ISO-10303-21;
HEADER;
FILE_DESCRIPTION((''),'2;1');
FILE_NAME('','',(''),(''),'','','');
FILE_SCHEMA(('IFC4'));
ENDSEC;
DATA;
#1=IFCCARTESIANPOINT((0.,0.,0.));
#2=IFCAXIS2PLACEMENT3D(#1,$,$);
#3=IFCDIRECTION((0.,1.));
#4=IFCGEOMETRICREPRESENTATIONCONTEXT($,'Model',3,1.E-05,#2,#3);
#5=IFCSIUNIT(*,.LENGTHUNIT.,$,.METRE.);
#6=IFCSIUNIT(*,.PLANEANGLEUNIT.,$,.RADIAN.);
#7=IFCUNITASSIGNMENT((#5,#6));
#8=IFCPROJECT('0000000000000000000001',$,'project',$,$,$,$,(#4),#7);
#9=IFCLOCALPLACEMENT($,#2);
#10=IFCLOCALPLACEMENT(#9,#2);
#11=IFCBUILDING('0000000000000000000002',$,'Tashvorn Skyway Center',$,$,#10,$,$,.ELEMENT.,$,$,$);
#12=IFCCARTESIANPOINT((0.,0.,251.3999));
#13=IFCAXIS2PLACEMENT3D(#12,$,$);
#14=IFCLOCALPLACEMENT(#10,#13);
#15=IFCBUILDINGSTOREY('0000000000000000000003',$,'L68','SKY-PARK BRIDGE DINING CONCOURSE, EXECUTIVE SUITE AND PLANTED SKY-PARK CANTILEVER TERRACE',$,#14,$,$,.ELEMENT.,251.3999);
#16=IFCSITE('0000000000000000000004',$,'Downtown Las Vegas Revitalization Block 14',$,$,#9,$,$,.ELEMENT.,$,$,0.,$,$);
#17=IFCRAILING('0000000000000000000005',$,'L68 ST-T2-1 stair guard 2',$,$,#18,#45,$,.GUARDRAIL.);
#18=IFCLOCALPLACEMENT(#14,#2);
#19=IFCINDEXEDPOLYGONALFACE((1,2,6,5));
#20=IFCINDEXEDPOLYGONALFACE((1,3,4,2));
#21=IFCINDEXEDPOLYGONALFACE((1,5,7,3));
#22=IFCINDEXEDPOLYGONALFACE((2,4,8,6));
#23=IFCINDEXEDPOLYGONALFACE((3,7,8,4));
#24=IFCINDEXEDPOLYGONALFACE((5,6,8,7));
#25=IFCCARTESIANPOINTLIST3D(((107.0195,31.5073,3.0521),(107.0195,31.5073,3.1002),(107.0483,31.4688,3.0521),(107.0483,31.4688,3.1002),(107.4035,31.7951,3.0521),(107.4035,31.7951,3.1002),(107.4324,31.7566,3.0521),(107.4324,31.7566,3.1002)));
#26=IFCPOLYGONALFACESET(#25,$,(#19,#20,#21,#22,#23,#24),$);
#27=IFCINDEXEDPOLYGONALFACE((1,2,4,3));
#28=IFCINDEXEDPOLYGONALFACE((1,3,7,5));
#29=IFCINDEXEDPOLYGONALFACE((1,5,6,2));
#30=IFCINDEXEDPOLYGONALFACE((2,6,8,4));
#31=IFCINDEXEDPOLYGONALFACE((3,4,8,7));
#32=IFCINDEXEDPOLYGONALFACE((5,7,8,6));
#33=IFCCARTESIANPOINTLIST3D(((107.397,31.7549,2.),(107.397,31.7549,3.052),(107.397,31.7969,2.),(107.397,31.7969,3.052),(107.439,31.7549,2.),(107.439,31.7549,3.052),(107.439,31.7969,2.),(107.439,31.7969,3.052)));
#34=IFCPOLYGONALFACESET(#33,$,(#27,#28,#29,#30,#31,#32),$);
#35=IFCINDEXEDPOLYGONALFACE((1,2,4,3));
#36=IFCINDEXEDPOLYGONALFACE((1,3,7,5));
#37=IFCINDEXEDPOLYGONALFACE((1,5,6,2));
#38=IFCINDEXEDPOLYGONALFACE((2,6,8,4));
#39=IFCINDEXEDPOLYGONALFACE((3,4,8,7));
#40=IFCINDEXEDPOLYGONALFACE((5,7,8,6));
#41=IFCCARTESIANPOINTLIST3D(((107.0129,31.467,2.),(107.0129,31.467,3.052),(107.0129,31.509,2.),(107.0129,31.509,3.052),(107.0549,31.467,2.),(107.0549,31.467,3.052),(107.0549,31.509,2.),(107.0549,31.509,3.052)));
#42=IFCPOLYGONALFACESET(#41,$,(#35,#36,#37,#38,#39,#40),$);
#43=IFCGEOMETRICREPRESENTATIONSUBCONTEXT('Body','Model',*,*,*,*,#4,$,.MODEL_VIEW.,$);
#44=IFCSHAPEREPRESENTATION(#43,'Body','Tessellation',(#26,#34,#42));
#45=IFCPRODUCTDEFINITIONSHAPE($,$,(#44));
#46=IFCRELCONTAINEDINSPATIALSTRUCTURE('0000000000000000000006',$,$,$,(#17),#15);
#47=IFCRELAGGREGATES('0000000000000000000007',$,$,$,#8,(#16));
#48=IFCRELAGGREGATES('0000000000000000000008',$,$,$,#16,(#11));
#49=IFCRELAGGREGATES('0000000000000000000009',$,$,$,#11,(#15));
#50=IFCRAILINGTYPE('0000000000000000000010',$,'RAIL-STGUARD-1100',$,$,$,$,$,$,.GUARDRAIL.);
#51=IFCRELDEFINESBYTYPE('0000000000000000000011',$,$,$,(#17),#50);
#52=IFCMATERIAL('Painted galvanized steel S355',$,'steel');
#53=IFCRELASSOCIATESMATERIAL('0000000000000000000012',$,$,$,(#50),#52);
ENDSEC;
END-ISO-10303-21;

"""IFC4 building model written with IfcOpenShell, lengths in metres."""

from ifc_helpers import new_model, si_unit, direction, frame, origin, origin_2d, place, context, subcontext, project, spatial, rectangle, extrude, material, type_object, element, save


model = new_model("IFC4")

# Units and contexts
model_context = context("Model", 3, precision=1e-05, world=origin(), true_north=direction((0.0, 1.0)))
body_context = subcontext(model_context, "Body", "Model", "MODEL_VIEW")
ifc_project = project(units=[si_unit("LENGTHUNIT", "METRE"), si_unit("PLANEANGLEUNIT", "RADIAN")], contexts=[model_context])

# Site, building, storey
site_placement = place(None, origin())
site = spatial("IfcSite", under=ifc_project, at=site_placement, Name="Downtown Las Vegas Revitalization Block 14", CompositionType="ELEMENT", RefElevation=0.0)
building_placement = place(site_placement, origin())
building = spatial("IfcBuilding", under=site, at=building_placement, Name="Tashvorn Skyway Center", CompositionType="ELEMENT")
storey_placement = place(building_placement, frame((0.0, 0.0, 251.3999)))
storey = spatial("IfcBuildingStorey", under=building, at=storey_placement, Name="L68", Description="SKY-PARK BRIDGE DINING CONCOURSE, EXECUTIVE SUITE AND PLANTED SKY-PARK CANTILEVER TERRACE", CompositionType="ELEMENT", Elevation=251.3999)

# Railing
ifc_material_1 = material(Name="Painted galvanized steel S355", Category="steel")
railing_type = type_object("IfcRailingType", Name="RAIL-STGUARD-1100", PredefinedType="GUARDRAIL", material=ifc_material_1)
railing_placement = place(storey_placement, frame((107.418, 31.7759, 2.0)))
element("IfcRailing", 1, at=railing_placement, inside=storey, type_object=railing_type, Name="L68 ST-T2-1 stair guard 2", PredefinedType="GUARDRAIL", context=body_context, shape_type="SweptSolid", body=[
    extrude(rectangle(XDim=0.0481, YDim=0.0481, at=origin_2d()), frame((0.0, 0.0, 1.0762), z_axis=(-0.800183, -0.599756, 0.0), x_axis=(0.599756, -0.800183, 0.0)), (0.0, 0.0, 1.0), 0.48),
    extrude(rectangle(XDim=0.042, YDim=0.042, at=origin_2d()), origin(), (0.0, 0.0, 1.0), 1.052),
    extrude(rectangle(XDim=0.042, YDim=0.042, at=origin_2d()), frame((-0.384, -0.2878, 0.0)), (0.0, 0.0, 1.0), 1.052),
])

save(model, "model.ifc")
